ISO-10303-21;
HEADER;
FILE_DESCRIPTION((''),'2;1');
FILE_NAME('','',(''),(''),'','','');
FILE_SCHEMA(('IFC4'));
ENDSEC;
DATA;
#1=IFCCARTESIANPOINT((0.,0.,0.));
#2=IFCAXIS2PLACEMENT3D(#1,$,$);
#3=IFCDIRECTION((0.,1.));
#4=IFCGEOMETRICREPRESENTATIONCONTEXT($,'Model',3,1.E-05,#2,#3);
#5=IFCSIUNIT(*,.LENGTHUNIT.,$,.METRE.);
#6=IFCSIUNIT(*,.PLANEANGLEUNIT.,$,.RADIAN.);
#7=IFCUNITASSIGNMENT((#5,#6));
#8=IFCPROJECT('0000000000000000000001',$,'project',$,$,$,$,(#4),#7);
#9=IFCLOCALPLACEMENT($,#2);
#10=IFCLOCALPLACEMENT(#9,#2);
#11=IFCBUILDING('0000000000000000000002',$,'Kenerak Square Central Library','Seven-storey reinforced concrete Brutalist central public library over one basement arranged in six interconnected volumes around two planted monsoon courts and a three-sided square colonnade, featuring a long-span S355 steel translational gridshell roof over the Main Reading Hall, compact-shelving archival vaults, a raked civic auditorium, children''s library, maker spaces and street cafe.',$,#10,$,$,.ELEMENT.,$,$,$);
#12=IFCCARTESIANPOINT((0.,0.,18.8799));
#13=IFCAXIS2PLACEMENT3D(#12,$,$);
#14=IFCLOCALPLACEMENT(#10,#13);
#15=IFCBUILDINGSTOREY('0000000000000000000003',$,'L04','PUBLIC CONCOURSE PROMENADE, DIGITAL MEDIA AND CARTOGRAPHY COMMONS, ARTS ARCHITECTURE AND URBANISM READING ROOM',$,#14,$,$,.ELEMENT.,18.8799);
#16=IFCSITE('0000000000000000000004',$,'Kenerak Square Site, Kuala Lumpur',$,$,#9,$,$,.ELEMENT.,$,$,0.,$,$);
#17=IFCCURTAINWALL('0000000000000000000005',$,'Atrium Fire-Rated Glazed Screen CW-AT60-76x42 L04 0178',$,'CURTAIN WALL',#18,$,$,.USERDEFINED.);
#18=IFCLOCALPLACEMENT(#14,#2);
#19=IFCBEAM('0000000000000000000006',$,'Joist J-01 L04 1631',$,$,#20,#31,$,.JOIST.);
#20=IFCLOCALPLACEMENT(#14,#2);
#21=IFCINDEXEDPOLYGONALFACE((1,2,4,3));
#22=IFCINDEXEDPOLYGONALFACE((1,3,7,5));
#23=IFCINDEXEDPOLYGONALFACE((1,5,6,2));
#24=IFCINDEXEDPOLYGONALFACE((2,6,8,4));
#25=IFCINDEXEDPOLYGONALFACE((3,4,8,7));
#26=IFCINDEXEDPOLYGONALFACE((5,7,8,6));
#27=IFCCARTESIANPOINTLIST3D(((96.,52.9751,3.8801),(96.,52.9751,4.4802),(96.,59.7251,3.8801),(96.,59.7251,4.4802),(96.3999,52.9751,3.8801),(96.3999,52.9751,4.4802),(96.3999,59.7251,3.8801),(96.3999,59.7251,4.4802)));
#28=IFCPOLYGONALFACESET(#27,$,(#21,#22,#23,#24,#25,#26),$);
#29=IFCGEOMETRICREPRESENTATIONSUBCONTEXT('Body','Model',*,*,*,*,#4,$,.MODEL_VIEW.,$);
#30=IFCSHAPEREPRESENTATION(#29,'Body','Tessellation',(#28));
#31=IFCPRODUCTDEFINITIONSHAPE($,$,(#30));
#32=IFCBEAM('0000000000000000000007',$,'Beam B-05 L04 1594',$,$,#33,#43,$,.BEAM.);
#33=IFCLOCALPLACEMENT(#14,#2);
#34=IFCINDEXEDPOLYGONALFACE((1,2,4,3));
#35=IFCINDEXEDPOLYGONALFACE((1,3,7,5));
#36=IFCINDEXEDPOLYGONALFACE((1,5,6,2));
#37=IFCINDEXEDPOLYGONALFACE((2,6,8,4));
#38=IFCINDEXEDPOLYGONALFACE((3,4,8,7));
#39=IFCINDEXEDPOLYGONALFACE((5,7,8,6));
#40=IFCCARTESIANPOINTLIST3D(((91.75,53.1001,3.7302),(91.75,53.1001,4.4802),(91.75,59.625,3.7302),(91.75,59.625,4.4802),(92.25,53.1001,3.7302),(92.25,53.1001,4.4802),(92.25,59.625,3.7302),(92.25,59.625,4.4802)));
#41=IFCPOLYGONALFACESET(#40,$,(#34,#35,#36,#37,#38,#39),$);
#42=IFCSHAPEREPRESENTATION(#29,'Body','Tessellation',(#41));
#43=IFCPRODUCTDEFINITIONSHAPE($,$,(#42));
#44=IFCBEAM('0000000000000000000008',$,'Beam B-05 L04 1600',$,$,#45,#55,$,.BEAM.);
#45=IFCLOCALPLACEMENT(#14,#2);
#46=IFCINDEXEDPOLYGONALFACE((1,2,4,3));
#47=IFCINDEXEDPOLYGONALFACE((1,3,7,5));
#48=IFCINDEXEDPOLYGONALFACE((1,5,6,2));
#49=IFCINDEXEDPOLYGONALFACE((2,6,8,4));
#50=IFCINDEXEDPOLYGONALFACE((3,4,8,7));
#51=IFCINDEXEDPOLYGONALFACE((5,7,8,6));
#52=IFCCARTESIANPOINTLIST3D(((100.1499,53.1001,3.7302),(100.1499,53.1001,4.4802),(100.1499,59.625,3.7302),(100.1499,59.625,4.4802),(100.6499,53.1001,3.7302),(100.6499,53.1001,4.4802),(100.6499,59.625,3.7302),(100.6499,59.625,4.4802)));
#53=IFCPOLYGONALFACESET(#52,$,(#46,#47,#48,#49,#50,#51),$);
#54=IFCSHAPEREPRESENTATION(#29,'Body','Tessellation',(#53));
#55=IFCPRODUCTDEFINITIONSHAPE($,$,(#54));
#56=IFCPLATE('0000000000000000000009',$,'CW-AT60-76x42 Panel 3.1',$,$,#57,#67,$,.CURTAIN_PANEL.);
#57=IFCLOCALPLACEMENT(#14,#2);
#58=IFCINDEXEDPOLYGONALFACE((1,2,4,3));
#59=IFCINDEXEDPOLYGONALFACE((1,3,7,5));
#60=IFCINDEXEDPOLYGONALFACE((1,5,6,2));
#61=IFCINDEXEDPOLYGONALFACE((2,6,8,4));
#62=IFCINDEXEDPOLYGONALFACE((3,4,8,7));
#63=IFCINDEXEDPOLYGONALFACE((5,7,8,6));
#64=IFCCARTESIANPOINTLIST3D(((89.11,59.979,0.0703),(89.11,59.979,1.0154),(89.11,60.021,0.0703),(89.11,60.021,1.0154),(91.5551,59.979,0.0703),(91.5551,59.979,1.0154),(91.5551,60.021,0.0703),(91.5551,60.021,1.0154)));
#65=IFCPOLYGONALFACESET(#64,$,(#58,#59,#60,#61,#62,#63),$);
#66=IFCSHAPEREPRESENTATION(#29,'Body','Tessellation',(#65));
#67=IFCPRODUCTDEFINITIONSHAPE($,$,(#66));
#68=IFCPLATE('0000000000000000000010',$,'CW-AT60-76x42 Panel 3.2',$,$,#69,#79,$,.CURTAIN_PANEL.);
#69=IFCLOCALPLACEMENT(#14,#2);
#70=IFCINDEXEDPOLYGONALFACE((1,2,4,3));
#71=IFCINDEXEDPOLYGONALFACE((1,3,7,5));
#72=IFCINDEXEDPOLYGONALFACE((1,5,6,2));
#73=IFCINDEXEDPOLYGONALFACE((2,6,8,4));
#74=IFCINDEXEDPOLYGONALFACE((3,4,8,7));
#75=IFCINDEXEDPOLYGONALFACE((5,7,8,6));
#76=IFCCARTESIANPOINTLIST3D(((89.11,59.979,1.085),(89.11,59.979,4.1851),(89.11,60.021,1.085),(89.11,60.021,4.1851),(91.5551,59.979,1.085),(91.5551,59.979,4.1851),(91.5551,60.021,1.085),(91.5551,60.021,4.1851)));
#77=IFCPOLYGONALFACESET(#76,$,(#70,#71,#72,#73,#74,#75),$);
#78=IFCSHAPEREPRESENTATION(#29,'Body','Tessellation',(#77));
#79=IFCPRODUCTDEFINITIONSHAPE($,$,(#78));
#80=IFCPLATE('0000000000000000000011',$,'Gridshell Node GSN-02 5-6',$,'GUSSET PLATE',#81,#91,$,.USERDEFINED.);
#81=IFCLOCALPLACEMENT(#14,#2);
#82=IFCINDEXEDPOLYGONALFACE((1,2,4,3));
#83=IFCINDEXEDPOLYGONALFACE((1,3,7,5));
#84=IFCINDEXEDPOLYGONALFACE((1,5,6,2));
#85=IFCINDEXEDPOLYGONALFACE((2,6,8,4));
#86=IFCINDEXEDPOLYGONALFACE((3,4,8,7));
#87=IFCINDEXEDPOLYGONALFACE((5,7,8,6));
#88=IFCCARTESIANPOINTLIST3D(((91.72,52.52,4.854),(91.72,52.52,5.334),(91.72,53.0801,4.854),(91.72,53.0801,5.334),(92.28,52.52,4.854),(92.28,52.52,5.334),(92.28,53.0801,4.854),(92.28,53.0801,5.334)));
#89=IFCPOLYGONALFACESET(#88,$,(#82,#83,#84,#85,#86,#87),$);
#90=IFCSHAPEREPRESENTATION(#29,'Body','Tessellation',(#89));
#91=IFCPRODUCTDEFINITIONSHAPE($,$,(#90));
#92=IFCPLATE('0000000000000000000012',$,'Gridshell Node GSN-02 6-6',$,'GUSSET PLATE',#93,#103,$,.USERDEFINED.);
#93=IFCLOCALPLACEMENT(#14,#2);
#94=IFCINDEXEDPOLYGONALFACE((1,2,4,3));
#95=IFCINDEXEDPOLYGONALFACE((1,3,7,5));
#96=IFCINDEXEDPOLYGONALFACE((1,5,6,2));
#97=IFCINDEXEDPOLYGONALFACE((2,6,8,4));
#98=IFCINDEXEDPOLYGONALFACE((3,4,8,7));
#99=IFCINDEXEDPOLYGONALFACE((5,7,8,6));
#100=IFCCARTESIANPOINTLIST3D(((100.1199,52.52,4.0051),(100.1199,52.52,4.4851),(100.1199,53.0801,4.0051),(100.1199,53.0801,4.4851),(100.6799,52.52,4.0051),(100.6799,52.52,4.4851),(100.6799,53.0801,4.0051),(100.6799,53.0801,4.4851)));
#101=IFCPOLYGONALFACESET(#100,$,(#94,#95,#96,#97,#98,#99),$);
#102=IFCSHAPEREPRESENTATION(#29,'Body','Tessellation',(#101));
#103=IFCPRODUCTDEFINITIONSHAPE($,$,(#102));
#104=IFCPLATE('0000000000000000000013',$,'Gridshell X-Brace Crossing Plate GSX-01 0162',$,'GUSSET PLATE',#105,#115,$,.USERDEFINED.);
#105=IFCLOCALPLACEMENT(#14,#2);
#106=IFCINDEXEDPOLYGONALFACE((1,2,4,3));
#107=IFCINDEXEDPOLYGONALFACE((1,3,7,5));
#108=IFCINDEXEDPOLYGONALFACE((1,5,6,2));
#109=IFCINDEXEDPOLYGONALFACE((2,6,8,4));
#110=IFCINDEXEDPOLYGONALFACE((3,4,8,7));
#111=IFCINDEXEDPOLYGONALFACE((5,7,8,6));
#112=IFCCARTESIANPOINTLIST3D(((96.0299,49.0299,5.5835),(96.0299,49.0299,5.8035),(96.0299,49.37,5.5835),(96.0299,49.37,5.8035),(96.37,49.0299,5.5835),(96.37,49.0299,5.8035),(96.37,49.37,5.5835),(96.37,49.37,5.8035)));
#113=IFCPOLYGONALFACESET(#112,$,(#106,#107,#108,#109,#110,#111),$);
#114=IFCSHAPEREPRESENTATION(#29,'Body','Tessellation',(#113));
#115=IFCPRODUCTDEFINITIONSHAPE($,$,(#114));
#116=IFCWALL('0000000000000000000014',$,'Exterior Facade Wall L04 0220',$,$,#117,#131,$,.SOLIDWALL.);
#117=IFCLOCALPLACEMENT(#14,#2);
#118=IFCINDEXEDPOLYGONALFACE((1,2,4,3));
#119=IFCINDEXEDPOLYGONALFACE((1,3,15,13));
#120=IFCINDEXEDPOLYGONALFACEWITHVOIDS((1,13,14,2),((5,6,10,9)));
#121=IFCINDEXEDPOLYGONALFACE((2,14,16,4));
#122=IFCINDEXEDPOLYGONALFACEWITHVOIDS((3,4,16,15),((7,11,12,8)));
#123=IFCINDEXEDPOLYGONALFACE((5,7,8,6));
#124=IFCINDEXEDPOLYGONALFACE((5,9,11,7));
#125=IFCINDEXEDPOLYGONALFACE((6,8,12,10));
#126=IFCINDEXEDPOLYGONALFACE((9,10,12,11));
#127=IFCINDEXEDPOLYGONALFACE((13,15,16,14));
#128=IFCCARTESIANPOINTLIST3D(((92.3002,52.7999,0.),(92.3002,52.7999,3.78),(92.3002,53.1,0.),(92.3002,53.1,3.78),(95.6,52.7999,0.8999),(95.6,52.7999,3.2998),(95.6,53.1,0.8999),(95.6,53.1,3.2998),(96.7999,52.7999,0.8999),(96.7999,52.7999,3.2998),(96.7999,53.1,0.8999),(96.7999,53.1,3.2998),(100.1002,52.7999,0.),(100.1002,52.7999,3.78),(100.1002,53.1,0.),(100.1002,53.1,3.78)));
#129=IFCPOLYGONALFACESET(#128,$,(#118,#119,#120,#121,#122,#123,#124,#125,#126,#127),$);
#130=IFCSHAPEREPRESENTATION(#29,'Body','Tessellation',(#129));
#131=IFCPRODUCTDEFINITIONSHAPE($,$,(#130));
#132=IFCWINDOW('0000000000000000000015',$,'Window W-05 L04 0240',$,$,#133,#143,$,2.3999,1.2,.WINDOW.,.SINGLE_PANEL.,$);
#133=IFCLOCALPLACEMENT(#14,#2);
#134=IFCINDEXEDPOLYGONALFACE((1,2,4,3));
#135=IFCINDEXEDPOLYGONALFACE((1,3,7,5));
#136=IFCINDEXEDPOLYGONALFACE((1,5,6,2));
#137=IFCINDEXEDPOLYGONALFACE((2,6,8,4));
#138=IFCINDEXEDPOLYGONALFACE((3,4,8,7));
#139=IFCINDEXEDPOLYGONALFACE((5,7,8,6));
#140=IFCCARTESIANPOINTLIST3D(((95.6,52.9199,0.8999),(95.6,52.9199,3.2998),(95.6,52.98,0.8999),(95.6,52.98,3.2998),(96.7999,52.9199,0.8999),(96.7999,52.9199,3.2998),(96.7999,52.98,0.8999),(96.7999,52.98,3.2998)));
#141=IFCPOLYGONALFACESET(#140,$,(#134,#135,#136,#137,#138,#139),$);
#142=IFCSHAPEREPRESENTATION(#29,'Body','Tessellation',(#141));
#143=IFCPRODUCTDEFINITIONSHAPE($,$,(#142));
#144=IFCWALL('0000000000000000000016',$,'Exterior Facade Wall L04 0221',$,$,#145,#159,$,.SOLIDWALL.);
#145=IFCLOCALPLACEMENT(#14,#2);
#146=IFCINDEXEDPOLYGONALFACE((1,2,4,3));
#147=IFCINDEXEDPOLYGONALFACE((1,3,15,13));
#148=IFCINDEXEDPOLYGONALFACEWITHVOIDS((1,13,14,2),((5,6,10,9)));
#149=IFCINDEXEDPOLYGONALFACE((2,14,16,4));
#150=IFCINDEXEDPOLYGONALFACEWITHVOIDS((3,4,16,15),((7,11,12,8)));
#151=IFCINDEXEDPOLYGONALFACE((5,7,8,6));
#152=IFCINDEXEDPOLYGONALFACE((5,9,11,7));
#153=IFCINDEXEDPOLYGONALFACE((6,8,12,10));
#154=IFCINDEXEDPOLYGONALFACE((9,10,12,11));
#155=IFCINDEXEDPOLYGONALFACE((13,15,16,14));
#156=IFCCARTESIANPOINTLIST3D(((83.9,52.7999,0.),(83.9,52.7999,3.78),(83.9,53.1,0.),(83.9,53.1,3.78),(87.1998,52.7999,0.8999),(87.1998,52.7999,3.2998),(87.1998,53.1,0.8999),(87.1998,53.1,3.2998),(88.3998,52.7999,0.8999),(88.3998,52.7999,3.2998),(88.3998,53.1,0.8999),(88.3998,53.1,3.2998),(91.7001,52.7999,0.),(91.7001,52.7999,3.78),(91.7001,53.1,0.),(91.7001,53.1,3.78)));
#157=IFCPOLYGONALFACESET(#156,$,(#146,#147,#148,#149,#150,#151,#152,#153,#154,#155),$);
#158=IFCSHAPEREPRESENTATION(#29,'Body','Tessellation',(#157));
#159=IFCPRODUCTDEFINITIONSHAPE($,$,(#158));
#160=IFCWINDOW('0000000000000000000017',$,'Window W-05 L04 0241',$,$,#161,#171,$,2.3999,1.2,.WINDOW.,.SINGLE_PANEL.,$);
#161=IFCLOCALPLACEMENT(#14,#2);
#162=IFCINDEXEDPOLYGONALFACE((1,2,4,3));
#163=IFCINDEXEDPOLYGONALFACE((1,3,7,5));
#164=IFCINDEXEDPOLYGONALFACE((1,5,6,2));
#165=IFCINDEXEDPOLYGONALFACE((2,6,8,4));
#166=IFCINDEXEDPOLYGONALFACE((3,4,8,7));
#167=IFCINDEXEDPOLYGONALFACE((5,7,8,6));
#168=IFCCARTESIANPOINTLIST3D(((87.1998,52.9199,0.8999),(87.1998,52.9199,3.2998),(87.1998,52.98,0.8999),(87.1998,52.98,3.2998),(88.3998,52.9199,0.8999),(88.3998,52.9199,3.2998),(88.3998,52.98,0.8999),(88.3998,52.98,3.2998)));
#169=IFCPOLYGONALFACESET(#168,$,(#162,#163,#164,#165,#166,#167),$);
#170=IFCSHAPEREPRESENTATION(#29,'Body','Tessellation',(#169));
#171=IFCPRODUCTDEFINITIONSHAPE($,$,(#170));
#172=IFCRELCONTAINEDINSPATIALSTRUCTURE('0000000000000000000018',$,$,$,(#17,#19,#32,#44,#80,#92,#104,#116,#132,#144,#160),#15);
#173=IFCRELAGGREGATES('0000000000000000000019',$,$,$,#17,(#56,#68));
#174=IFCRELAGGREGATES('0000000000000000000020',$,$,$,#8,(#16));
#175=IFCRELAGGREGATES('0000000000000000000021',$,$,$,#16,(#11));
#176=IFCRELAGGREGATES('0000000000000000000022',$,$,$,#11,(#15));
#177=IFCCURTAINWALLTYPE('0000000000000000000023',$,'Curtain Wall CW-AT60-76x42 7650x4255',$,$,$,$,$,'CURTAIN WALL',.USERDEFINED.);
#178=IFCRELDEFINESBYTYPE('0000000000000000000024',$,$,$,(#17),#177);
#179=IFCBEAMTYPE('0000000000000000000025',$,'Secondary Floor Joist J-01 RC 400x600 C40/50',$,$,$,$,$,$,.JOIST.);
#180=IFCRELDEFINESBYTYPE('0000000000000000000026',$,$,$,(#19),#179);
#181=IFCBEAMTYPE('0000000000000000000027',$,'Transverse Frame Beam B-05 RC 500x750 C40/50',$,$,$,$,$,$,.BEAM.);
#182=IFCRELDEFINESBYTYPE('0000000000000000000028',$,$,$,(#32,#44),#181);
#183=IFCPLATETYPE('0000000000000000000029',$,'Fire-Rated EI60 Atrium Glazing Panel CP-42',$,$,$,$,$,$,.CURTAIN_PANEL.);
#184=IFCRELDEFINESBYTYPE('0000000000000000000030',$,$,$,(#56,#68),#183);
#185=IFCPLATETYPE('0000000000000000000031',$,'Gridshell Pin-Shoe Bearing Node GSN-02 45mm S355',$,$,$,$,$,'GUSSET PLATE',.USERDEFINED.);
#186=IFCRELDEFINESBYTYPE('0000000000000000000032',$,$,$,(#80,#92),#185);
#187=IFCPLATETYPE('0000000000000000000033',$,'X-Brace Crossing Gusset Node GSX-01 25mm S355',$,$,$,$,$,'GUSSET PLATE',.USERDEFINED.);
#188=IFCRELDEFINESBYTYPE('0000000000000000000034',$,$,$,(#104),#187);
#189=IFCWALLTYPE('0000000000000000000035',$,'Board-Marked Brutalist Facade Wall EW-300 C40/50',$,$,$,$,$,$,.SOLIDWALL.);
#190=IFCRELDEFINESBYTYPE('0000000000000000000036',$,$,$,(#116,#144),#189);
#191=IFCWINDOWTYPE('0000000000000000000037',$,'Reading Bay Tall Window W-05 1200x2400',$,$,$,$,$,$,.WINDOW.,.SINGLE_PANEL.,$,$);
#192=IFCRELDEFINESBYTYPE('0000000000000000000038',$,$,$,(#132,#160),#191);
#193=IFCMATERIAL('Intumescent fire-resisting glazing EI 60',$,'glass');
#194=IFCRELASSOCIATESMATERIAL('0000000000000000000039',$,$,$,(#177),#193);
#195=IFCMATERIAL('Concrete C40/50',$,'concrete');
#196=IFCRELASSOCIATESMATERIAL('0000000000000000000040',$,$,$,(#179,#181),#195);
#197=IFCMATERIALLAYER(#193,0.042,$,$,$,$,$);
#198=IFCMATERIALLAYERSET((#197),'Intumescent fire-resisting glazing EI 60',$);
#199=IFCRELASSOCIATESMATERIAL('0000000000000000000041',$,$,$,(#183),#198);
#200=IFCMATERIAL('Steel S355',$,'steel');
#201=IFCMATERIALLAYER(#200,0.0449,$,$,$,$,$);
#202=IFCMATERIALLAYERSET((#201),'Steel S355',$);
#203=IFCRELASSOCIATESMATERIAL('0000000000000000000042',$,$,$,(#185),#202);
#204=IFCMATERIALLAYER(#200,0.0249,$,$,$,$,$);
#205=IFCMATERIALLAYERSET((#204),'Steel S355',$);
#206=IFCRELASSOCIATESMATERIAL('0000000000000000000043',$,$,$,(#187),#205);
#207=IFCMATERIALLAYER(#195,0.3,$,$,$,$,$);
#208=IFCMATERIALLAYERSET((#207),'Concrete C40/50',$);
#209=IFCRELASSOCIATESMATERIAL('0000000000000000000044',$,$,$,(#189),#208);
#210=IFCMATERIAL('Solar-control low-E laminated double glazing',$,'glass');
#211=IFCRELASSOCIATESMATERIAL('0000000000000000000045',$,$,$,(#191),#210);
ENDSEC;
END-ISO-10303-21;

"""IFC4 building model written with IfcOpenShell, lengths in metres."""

from ifc_helpers import new_model, si_unit, direction, frame, frame_2d, origin, origin_2d, place, context, subcontext, project, spatial, rectangle, extrude, material, layer, layer_set, material_profile, profile_set, type_object, element, fill, aggregate, save


model = new_model("IFC4")

# Units and contexts
model_context = context("Model", 3, precision=1e-05, world=origin(), true_north=direction((0.0, 1.0)))
body_context = subcontext(model_context, "Body", "Model", "MODEL_VIEW")
ifc_project = project(units=[si_unit("LENGTHUNIT", "METRE"), si_unit("PLANEANGLEUNIT", "RADIAN")], contexts=[model_context])

# Site, building, storey
site_placement = place(None, origin())
site = spatial("IfcSite", under=ifc_project, at=site_placement, Name="Kenerak Square Site, Kuala Lumpur", CompositionType="ELEMENT", RefElevation=0.0)
building_placement = place(site_placement, origin())
building = spatial("IfcBuilding", under=site, at=building_placement, Name="Kenerak Square Central Library", Description="Seven-storey reinforced concrete Brutalist central public library over one basement arranged in six interconnected volumes around two planted monsoon courts and a three-sided square colonnade, featuring a long-span S355 steel translational gridshell roof over the Main Reading Hall, compact-shelving archival vaults, a raked civic auditorium, children's library, maker spaces and street cafe.", CompositionType="ELEMENT")
storey_placement = place(building_placement, frame((0.0, 0.0, 18.8799)))
storey = spatial("IfcBuildingStorey", under=building, at=storey_placement, Name="L04", Description="PUBLIC CONCOURSE PROMENADE, DIGITAL MEDIA AND CARTOGRAPHY COMMONS, ARTS ARCHITECTURE AND URBANISM READING ROOM", CompositionType="ELEMENT", Elevation=18.8799)

# Shared definitions
ifc_material_1 = material(Name="Concrete C40/50", Category="concrete")

# Curtain wall
ifc_material_2 = material(Name="Intumescent fire-resisting glazing EI 60", Category="glass")
curtain_wall_type = type_object("IfcCurtainWallType", Name="Curtain Wall CW-AT60-76x42 7650x4255", ElementType="CURTAIN WALL", PredefinedType="USERDEFINED", material=ifc_material_2)
curtain_wall_placement = place(storey_placement, origin())
curtain_wall = element("IfcCurtainWall", 1, at=curtain_wall_placement, inside=storey, type_object=curtain_wall_type, Name="Atrium Fire-Rated Glazed Screen CW-AT60-76x42 L04 0178", ObjectType="CURTAIN WALL", PredefinedType="USERDEFINED")

# Shared definitions
ifc_material_3 = material(Name="Steel S355", Category="steel")

# Beams
ifc_material_profile_1 = material_profile(ifc_material_1, rectangle(XDim=0.3999, YDim=0.6001, at=origin_2d()), Name="RC 400x600")
ifc_profile_set_1 = profile_set([ifc_material_profile_1], Name="Concrete C40/50")
beam_type_1 = type_object("IfcBeamType", Name="Secondary Floor Joist J-01 RC 400x600 C40/50", PredefinedType="JOIST", material=ifc_profile_set_1)
beam_1_placement = place(storey_placement, frame((96.2, 52.9751, 4.1802), z_axis=(0.0, 1.0, 0.0), x_axis=(-1.0, 0.0, 0.0)))
element("IfcBeam", 2, at=beam_1_placement, inside=storey, type_object=beam_type_1, Name="Joist J-01 L04 1631", PredefinedType="JOIST", context=body_context, shape_type="SweptSolid", body=[
    extrude(rectangle(XDim=0.3999, YDim=0.6001, at=origin_2d()), origin(), (0.0, 0.0, 1.0), 6.75),
])
ifc_material_profile_2 = material_profile(ifc_material_1, rectangle(XDim=0.5, YDim=0.75, at=origin_2d()), Name="RC 500x750")
ifc_profile_set_2 = profile_set([ifc_material_profile_2], Name="Concrete C40/50")
beam_type_2 = type_object("IfcBeamType", Name="Transverse Frame Beam B-05 RC 500x750 C40/50", PredefinedType="BEAM", material=ifc_profile_set_2)
for number, where, z_axis, x_axis, name in (
    (3, (92.0, 53.1001, 4.1052), (0.0, 1.0, 0.0), (-1.0, 0.0, 0.0), "Beam B-05 L04 1594"),
    (4, (100.3999, 53.1001, 4.1052), (0.0, 1.0, 0.0), (-1.0, 0.0, 0.0), "Beam B-05 L04 1600"),
):
    element("IfcBeam", number, at=place(storey_placement, frame(where, z_axis=z_axis, x_axis=x_axis)), inside=storey, type_object=beam_type_2, Name=name, PredefinedType="BEAM", context=body_context, shape_type="SweptSolid", body=[
        extrude(rectangle(XDim=0.5, YDim=0.75, at=origin_2d()), origin(), (0.0, 0.0, 1.0), 6.5249),
    ])

# Plates
ifc_layer_1 = layer(ifc_material_2, 0.042)
ifc_layer_set_1 = layer_set([ifc_layer_1], Name="Intumescent fire-resisting glazing EI 60")
plate_type_1 = type_object("IfcPlateType", Name="Fire-Rated EI60 Atrium Glazing Panel CP-42", PredefinedType="CURTAIN_PANEL", material=ifc_layer_set_1)
plate_1_placement = place(storey_placement, frame((90.3325, 60.0, 0.0703), z_axis=(0.0, 0.0, 1.0), x_axis=(1.0, 0.0, 0.0)))
plate_1 = element("IfcPlate", 5, at=plate_1_placement, type_object=plate_type_1, Name="CW-AT60-76x42 Panel 3.1", PredefinedType="CURTAIN_PANEL", context=body_context, shape_type="SweptSolid", body=[
    extrude(rectangle(XDim=2.4451, YDim=0.042, at=origin_2d()), origin(), (0.0, 0.0, 1.0), 0.9451),
])
plate_2_placement = place(storey_placement, frame((90.3325, 60.0, 1.085), z_axis=(0.0, 0.0, 1.0), x_axis=(1.0, 0.0, 0.0)))
plate_2 = element("IfcPlate", 6, at=plate_2_placement, type_object=plate_type_1, Name="CW-AT60-76x42 Panel 3.2", PredefinedType="CURTAIN_PANEL", context=body_context, shape_type="SweptSolid", body=[
    extrude(rectangle(XDim=2.4451, YDim=0.042, at=origin_2d()), origin(), (0.0, 0.0, 1.0), 3.1001),
])
aggregate(curtain_wall, [plate_1, plate_2])

# Plates
ifc_layer_2 = layer(ifc_material_3, 0.0449)
ifc_layer_set_2 = layer_set([ifc_layer_2], Name="Steel S355")
plate_type_2 = type_object("IfcPlateType", Name="Gridshell Pin-Shoe Bearing Node GSN-02 45mm S355", ElementType="GUSSET PLATE", PredefinedType="USERDEFINED", material=ifc_layer_set_2)
for number, where, z_axis, x_axis, name in (
    (7, (92.0, 52.8, 4.854), (0.0, 0.0, 1.0), (1.0, 0.0, 0.0), "Gridshell Node GSN-02 5-6"),
    (8, (100.3999, 52.8, 4.0051), (0.0, 0.0, 1.0), (1.0, 0.0, 0.0), "Gridshell Node GSN-02 6-6"),
):
    element("IfcPlate", number, at=place(storey_placement, frame(where, z_axis=z_axis, x_axis=x_axis)), inside=storey, type_object=plate_type_2, Name=name, ObjectType="GUSSET PLATE", PredefinedType="USERDEFINED", context=body_context, shape_type="SweptSolid", body=[
        extrude(rectangle(XDim=0.5601, YDim=0.5601, at=origin_2d()), origin(), (0.0, 0.0, 1.0), 0.48),
    ])
ifc_layer_3 = layer(ifc_material_3, 0.0249)
ifc_layer_set_3 = layer_set([ifc_layer_3], Name="Steel S355")
plate_type_3 = type_object("IfcPlateType", Name="X-Brace Crossing Gusset Node GSX-01 25mm S355", ElementType="GUSSET PLATE", PredefinedType="USERDEFINED", material=ifc_layer_set_3)
plate_3_placement = place(storey_placement, frame((96.2, 49.2, 5.5835), z_axis=(0.0, 0.0, 1.0), x_axis=(1.0, 0.0, 0.0)))
element("IfcPlate", 9, at=plate_3_placement, inside=storey, type_object=plate_type_3, Name="Gridshell X-Brace Crossing Plate GSX-01 0162", ObjectType="GUSSET PLATE", PredefinedType="USERDEFINED", context=body_context, shape_type="SweptSolid", body=[
    extrude(rectangle(XDim=0.3401, YDim=0.3401, at=origin_2d()), origin(), (0.0, 0.0, 1.0), 0.22),
])

# Walls, openings, windows
ifc_layer_4 = layer(ifc_material_1, 0.3)
ifc_layer_set_4 = layer_set([ifc_layer_4], Name="Concrete C40/50")
wall_type = type_object("IfcWallType", Name="Board-Marked Brutalist Facade Wall EW-300 C40/50", PredefinedType="SOLIDWALL", material=ifc_layer_set_4)
wall_1_placement = place(storey_placement, frame((100.1001, 52.95, 0.0), z_axis=(0.0, 0.0, 1.0), x_axis=(-1.0, 0.0, 0.0)))
wall_1 = element("IfcWall", 10, at=wall_1_placement, inside=storey, type_object=wall_type, Name="Exterior Facade Wall L04 0220", PredefinedType="SOLIDWALL", context=body_context, shape_type="SweptSolid", body=[
    extrude(rectangle(XDim=7.8, YDim=0.3, at=frame_2d((3.8999, 0.0))), origin(), (0.0, 0.0, 1.0), 3.78),
])
opening_1_placement = place(wall_1_placement, frame((3.3, 0.0, 0.8999)))
opening_1 = element("IfcOpeningElement", 11, at=opening_1_placement, cuts=wall_1, PredefinedType="OPENING", context=body_context, shape_type="SweptSolid", body=[
    extrude(rectangle(XDim=1.2, YDim=2.3999, at=frame_2d((0.6001, 1.2))), frame((0.0, 0.1599, 0.0), z_axis=(0.0, -1.0, 0.0), x_axis=(1.0, 0.0, 0.0)), (0.0, 0.0, 1.0), 0.3201),
])
ifc_material_4 = material(Name="Solar-control low-E laminated double glazing", Category="glass")
window_type = type_object("IfcWindowType", Name="Reading Bay Tall Window W-05 1200x2400", PartitioningType="SINGLE_PANEL", PredefinedType="WINDOW", material=ifc_material_4)
window_1_placement = place(opening_1_placement, origin())
window_1 = element("IfcWindow", 12, at=window_1_placement, inside=storey, type_object=window_type, Name="Window W-05 L04 0240", OverallHeight=2.3999, OverallWidth=1.2, PartitioningType="SINGLE_PANEL", PredefinedType="WINDOW", context=body_context, shape_type="SweptSolid", body=[
    extrude(rectangle(XDim=1.2, YDim=2.3999, at=frame_2d((0.6001, 1.2))), frame((0.0, 0.03, 0.0), z_axis=(0.0, -1.0, 0.0), x_axis=(1.0, 0.0, 0.0)), (0.0, 0.0, 1.0), 0.0601),
])
fill(opening_1, window_1)
wall_2_placement = place(storey_placement, frame((91.7, 52.95, 0.0), z_axis=(0.0, 0.0, 1.0), x_axis=(-1.0, 0.0, 0.0)))
wall_2 = element("IfcWall", 13, at=wall_2_placement, inside=storey, type_object=wall_type, Name="Exterior Facade Wall L04 0221", PredefinedType="SOLIDWALL", context=body_context, shape_type="SweptSolid", body=[
    extrude(rectangle(XDim=7.8, YDim=0.3, at=frame_2d((3.8999, 0.0))), origin(), (0.0, 0.0, 1.0), 3.78),
])
opening_2_placement = place(wall_2_placement, frame((3.3, 0.0, 0.8999)))
opening_2 = element("IfcOpeningElement", 14, at=opening_2_placement, cuts=wall_2, PredefinedType="OPENING", context=body_context, shape_type="SweptSolid", body=[
    extrude(rectangle(XDim=1.2, YDim=2.3999, at=frame_2d((0.6001, 1.2))), frame((0.0, 0.1599, 0.0), z_axis=(0.0, -1.0, 0.0), x_axis=(1.0, 0.0, 0.0)), (0.0, 0.0, 1.0), 0.3201),
])
window_2_placement = place(opening_2_placement, origin())
window_2 = element("IfcWindow", 15, at=window_2_placement, inside=storey, type_object=window_type, Name="Window W-05 L04 0241", OverallHeight=2.3999, OverallWidth=1.2, PartitioningType="SINGLE_PANEL", PredefinedType="WINDOW", context=body_context, shape_type="SweptSolid", body=[
    extrude(rectangle(XDim=1.2, YDim=2.3999, at=frame_2d((0.6001, 1.2))), frame((0.0, 0.03, 0.0), z_axis=(0.0, -1.0, 0.0), x_axis=(1.0, 0.0, 0.0)), (0.0, 0.0, 1.0), 0.0601),
])
fill(opening_2, window_2)

save(model, "model.ifc")
